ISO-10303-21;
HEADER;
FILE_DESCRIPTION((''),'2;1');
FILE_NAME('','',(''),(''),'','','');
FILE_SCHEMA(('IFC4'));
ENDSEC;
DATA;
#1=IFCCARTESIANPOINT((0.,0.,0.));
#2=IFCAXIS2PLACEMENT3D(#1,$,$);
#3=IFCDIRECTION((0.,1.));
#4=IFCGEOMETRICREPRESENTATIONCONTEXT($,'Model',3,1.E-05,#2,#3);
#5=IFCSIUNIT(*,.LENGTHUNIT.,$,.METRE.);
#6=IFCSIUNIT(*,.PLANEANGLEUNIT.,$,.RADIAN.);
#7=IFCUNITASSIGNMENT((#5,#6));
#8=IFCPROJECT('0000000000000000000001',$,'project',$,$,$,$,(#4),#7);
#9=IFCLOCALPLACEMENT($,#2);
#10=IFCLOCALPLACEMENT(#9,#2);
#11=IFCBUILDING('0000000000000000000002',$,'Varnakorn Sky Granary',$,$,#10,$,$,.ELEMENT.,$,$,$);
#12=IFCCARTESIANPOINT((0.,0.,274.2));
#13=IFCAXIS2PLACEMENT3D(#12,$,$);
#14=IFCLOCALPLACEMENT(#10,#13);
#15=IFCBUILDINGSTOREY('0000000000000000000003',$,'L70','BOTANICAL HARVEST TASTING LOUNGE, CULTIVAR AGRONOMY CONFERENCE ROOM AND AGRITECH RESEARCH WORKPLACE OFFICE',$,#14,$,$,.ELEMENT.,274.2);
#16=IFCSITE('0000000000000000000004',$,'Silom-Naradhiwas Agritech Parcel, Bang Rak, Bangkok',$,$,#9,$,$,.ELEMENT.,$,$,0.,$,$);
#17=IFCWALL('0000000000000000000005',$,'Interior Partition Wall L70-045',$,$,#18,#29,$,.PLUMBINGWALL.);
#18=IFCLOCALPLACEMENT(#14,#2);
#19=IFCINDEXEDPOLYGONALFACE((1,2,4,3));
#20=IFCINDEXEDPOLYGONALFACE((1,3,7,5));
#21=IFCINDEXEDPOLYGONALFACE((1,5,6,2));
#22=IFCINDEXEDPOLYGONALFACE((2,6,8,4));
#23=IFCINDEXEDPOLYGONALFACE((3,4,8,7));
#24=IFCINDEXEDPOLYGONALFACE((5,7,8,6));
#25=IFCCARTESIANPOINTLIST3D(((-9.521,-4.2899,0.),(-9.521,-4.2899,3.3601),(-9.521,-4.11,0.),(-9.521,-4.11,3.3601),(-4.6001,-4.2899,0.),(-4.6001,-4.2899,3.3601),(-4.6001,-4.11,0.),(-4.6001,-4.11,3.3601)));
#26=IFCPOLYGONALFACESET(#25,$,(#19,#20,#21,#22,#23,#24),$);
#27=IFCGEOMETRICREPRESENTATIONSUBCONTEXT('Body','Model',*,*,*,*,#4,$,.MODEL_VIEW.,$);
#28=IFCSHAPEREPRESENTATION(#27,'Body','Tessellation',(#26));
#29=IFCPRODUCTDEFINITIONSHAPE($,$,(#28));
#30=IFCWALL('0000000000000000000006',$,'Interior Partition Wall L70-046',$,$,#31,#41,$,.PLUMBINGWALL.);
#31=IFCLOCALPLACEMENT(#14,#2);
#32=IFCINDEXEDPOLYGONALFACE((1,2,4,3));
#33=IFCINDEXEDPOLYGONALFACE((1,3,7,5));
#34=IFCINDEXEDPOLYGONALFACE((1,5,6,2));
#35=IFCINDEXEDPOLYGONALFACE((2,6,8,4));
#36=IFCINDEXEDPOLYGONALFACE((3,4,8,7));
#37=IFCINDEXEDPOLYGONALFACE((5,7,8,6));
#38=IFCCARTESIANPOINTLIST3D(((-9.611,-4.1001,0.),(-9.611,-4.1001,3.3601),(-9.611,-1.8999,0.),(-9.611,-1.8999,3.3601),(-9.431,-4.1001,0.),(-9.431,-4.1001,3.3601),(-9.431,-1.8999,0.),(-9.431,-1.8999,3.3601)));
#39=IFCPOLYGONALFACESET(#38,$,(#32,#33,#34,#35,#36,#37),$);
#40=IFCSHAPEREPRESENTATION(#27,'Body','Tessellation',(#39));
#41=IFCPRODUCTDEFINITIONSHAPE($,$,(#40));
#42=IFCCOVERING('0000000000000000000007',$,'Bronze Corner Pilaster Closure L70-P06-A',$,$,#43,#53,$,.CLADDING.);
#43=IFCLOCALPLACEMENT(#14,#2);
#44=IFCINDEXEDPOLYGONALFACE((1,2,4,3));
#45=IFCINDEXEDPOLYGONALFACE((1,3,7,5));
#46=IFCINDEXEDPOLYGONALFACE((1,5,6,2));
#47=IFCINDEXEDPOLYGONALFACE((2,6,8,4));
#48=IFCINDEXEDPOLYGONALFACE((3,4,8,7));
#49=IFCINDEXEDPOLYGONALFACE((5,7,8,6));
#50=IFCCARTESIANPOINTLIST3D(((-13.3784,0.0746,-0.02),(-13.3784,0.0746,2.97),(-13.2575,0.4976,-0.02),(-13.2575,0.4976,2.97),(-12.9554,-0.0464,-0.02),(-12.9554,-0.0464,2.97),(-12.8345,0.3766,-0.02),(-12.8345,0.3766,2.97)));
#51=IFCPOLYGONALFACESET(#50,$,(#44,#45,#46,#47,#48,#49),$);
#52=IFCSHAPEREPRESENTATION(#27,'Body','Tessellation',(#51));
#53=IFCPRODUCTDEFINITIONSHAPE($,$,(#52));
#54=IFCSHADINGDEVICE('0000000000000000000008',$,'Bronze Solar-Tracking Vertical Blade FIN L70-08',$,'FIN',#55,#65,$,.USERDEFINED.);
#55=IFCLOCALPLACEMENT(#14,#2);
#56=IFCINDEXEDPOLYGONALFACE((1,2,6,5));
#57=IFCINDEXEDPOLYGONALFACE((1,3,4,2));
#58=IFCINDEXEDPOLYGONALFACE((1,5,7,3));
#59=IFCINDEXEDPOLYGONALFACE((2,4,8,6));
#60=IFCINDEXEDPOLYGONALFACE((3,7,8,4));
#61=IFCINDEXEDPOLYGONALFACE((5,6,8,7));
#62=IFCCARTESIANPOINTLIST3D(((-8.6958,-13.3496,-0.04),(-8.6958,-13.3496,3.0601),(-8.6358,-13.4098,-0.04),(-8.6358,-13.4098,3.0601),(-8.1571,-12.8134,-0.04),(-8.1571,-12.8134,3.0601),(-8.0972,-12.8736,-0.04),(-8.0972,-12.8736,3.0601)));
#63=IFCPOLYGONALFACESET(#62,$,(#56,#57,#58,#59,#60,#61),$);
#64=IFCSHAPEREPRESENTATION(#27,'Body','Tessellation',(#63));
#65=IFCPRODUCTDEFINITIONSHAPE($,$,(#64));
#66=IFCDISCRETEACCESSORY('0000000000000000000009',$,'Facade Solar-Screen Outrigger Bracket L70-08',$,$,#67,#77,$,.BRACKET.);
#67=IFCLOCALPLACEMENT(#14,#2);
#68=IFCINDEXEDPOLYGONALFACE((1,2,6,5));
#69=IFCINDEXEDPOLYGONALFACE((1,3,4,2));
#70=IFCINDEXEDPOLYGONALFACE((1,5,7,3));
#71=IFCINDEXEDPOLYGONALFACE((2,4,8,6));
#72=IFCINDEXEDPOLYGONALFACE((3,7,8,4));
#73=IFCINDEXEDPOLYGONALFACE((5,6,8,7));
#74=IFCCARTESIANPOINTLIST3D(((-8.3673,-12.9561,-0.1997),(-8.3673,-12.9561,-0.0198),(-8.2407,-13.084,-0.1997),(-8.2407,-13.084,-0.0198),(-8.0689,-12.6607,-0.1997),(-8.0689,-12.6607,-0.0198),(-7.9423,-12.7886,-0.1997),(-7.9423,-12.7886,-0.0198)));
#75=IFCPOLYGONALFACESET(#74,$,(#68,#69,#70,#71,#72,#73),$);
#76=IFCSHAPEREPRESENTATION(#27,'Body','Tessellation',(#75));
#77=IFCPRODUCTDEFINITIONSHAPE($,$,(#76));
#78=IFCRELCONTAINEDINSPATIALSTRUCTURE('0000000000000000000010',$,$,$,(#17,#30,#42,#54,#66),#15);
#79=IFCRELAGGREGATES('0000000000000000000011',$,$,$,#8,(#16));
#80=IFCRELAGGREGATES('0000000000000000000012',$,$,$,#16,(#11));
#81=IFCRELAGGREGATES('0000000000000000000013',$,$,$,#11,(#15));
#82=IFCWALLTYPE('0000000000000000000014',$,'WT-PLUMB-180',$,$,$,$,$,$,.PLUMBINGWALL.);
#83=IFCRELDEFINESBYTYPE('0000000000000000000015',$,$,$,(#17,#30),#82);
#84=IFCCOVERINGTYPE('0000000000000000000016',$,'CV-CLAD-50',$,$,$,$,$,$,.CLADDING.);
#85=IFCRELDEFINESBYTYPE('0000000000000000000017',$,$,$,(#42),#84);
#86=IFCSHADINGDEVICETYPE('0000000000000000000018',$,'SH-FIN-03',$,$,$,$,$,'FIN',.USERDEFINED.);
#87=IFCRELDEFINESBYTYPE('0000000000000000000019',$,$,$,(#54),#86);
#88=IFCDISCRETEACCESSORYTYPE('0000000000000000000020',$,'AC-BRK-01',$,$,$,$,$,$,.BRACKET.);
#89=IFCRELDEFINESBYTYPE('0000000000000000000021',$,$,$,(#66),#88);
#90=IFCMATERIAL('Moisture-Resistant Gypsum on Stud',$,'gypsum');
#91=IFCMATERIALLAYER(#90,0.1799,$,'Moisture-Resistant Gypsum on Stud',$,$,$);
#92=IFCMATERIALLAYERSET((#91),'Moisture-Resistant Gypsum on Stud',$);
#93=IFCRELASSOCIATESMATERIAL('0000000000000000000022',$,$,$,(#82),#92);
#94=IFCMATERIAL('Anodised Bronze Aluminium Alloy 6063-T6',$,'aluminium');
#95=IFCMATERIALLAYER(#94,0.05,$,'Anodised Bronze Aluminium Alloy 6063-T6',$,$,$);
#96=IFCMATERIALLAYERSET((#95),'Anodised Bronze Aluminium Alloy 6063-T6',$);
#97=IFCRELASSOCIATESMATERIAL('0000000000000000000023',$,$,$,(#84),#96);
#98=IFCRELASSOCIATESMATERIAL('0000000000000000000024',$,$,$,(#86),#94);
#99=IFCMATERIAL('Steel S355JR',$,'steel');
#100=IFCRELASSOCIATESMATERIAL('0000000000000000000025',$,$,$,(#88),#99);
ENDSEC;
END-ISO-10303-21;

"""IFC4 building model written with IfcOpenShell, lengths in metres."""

from ifc_helpers import new_model, si_unit, direction, frame, frame_2d, origin, origin_2d, place, context, subcontext, project, spatial, rectangle, extrude, source, transform, mapped, material, layer, layer_set, type_object, type_shapes, element, save


model = new_model("IFC4")

# Units and contexts
model_context = context("Model", 3, precision=1e-05, world=origin(), true_north=direction((0.0, 1.0)))
body_context = subcontext(model_context, "Body", "Model", "MODEL_VIEW")
ifc_project = project(units=[si_unit("LENGTHUNIT", "METRE"), si_unit("PLANEANGLEUNIT", "RADIAN")], contexts=[model_context])

# Site, building, storey
site_placement = place(None, origin())
site = spatial("IfcSite", under=ifc_project, at=site_placement, Name="Silom-Naradhiwas Agritech Parcel, Bang Rak, Bangkok", CompositionType="ELEMENT", RefElevation=0.0)
building_placement = place(site_placement, origin())
building = spatial("IfcBuilding", under=site, at=building_placement, Name="Varnakorn Sky Granary", CompositionType="ELEMENT")
storey_placement = place(building_placement, frame((0.0, 0.0, 274.2)))
storey = spatial("IfcBuildingStorey", under=building, at=storey_placement, Name="L70", Description="BOTANICAL HARVEST TASTING LOUNGE, CULTIVAR AGRONOMY CONFERENCE ROOM AND AGRITECH RESEARCH WORKPLACE OFFICE", CompositionType="ELEMENT", Elevation=274.2)

# Shared definitions
ifc_material_1 = material(Name="Steel S355JR", Category="steel")

# Shared definitions
ifc_material_2 = material(Name="Anodised Bronze Aluminium Alloy 6063-T6", Category="aluminium")

# Walls
ifc_material_3 = material(Name="Moisture-Resistant Gypsum on Stud", Category="gypsum")
ifc_layer_1 = layer(ifc_material_3, 0.1799, Name="Moisture-Resistant Gypsum on Stud")
ifc_layer_set_1 = layer_set([ifc_layer_1], Name="Moisture-Resistant Gypsum on Stud")
wall_type_1 = type_object("IfcWallType", Name="WT-PLUMB-180", PredefinedType="PLUMBINGWALL", material=ifc_layer_set_1)
wall_1_placement = place(storey_placement, frame((-9.521, -4.2, 0.0), z_axis=(0.0, 0.0, 1.0), x_axis=(1.0, 0.0, 0.0)))
element("IfcWall", 1, at=wall_1_placement, inside=storey, type_object=wall_type_1, Name="Interior Partition Wall L70-045", PredefinedType="PLUMBINGWALL", context=body_context, shape_type="SweptSolid", body=[
    extrude(rectangle(XDim=4.9209, YDim=0.1799, at=frame_2d((2.4604, 0.0))), origin(), (0.0, 0.0, 1.0), 3.3601),
])
wall_2_placement = place(storey_placement, frame((-9.521, -1.8999, 0.0), z_axis=(0.0, 0.0, 1.0), x_axis=(0.0, -1.0, 0.0)))
element("IfcWall", 2, at=wall_2_placement, inside=storey, type_object=wall_type_1, Name="Interior Partition Wall L70-046", PredefinedType="PLUMBINGWALL", context=body_context, shape_type="SweptSolid", body=[
    extrude(rectangle(XDim=2.2002, YDim=0.1799, at=frame_2d((1.1001, 0.0))), origin(), (0.0, 0.0, 1.0), 3.3601),
])

# Covering
ifc_layer_2 = layer(ifc_material_2, 0.05, Name="Anodised Bronze Aluminium Alloy 6063-T6")
ifc_layer_set_2 = layer_set([ifc_layer_2], Name="Anodised Bronze Aluminium Alloy 6063-T6")
covering_type = type_object("IfcCoveringType", Name="CV-CLAD-50", PredefinedType="CLADDING", material=ifc_layer_set_2)
shared_shape_1 = source(origin(), body_context, "Body", "SweptSolid", [
    extrude(rectangle(XDim=0.4399, YDim=0.4399, at=origin_2d()), origin(), (0.0, 0.0, 1.0), 2.99),
])
type_shapes(covering_type, [shared_shape_1])
covering_placement = place(storey_placement, frame((-13.1064, 0.2256, -0.02), z_axis=(0.0, 0.0, 1.0), x_axis=(0.274966, 0.961454, 0.0)))
element("IfcCovering", 3, at=covering_placement, inside=storey, type_object=covering_type, Name="Bronze Corner Pilaster Closure L70-P06-A", PredefinedType="CLADDING", context=body_context, shape_type="MappedRepresentation", body=[
    mapped(shared_shape_1, transform((0.0, 0.0, 0.0), x_axis=(1.0, 0.0, 0.0), y_axis=(0.0, 1.0, 0.0), z_axis=(0.0, 0.0, 1.0), scale=1.0)),
])

# Shading device
shading_device_type = type_object("IfcShadingDeviceType", Name="SH-FIN-03", ElementType="FIN", PredefinedType="USERDEFINED", material=ifc_material_2)
shared_shape_2 = source(origin(), body_context, "Body", "SweptSolid", [
    extrude(rectangle(XDim=0.085, YDim=0.76, at=origin_2d()), origin(), (0.0, 0.0, 1.0), 3.1001),
])
type_shapes(shading_device_type, [shared_shape_2])
shading_device_placement = place(storey_placement, frame((-8.3965, -13.1116, -0.04), z_axis=(0.0, 0.0, 1.0), x_axis=(0.705508, -0.708702, 0.0)))
element("IfcShadingDevice", 4, at=shading_device_placement, inside=storey, type_object=shading_device_type, Name="Bronze Solar-Tracking Vertical Blade FIN L70-08", ObjectType="FIN", PredefinedType="USERDEFINED", context=body_context, shape_type="MappedRepresentation", body=[
    mapped(shared_shape_2, transform((0.0, 0.0, 0.0), x_axis=(1.0, 0.0, 0.0), y_axis=(0.0, 1.0, 0.0), z_axis=(0.0, 0.0, 1.0), scale=1.0)),
])

# Discrete accessory
discrete_accessory_type = type_object("IfcDiscreteAccessoryType", Name="AC-BRK-01", PredefinedType="BRACKET", material=ifc_material_1)
shared_shape_3 = source(origin(), body_context, "Body", "SweptSolid", [
    extrude(rectangle(XDim=0.1799, YDim=0.4199, at=origin_2d()), origin(), (0.0, 0.0, 1.0), 0.1799),
])
type_shapes(discrete_accessory_type, [shared_shape_3])
discrete_accessory_placement = place(storey_placement, frame((-8.1548, -12.8723, -0.1997), z_axis=(0.0, 0.0, 1.0), x_axis=(0.703481, -0.710715, 0.0)))
element("IfcDiscreteAccessory", 5, at=discrete_accessory_placement, inside=storey, type_object=discrete_accessory_type, Name="Facade Solar-Screen Outrigger Bracket L70-08", PredefinedType="BRACKET", context=body_context, shape_type="MappedRepresentation", body=[
    mapped(shared_shape_3, transform((0.0, 0.0, 0.0), x_axis=(1.0, 0.0, 0.0), y_axis=(0.0, 1.0, 0.0), z_axis=(0.0, 0.0, 1.0), scale=1.0)),
])

save(model, "model.ifc")
